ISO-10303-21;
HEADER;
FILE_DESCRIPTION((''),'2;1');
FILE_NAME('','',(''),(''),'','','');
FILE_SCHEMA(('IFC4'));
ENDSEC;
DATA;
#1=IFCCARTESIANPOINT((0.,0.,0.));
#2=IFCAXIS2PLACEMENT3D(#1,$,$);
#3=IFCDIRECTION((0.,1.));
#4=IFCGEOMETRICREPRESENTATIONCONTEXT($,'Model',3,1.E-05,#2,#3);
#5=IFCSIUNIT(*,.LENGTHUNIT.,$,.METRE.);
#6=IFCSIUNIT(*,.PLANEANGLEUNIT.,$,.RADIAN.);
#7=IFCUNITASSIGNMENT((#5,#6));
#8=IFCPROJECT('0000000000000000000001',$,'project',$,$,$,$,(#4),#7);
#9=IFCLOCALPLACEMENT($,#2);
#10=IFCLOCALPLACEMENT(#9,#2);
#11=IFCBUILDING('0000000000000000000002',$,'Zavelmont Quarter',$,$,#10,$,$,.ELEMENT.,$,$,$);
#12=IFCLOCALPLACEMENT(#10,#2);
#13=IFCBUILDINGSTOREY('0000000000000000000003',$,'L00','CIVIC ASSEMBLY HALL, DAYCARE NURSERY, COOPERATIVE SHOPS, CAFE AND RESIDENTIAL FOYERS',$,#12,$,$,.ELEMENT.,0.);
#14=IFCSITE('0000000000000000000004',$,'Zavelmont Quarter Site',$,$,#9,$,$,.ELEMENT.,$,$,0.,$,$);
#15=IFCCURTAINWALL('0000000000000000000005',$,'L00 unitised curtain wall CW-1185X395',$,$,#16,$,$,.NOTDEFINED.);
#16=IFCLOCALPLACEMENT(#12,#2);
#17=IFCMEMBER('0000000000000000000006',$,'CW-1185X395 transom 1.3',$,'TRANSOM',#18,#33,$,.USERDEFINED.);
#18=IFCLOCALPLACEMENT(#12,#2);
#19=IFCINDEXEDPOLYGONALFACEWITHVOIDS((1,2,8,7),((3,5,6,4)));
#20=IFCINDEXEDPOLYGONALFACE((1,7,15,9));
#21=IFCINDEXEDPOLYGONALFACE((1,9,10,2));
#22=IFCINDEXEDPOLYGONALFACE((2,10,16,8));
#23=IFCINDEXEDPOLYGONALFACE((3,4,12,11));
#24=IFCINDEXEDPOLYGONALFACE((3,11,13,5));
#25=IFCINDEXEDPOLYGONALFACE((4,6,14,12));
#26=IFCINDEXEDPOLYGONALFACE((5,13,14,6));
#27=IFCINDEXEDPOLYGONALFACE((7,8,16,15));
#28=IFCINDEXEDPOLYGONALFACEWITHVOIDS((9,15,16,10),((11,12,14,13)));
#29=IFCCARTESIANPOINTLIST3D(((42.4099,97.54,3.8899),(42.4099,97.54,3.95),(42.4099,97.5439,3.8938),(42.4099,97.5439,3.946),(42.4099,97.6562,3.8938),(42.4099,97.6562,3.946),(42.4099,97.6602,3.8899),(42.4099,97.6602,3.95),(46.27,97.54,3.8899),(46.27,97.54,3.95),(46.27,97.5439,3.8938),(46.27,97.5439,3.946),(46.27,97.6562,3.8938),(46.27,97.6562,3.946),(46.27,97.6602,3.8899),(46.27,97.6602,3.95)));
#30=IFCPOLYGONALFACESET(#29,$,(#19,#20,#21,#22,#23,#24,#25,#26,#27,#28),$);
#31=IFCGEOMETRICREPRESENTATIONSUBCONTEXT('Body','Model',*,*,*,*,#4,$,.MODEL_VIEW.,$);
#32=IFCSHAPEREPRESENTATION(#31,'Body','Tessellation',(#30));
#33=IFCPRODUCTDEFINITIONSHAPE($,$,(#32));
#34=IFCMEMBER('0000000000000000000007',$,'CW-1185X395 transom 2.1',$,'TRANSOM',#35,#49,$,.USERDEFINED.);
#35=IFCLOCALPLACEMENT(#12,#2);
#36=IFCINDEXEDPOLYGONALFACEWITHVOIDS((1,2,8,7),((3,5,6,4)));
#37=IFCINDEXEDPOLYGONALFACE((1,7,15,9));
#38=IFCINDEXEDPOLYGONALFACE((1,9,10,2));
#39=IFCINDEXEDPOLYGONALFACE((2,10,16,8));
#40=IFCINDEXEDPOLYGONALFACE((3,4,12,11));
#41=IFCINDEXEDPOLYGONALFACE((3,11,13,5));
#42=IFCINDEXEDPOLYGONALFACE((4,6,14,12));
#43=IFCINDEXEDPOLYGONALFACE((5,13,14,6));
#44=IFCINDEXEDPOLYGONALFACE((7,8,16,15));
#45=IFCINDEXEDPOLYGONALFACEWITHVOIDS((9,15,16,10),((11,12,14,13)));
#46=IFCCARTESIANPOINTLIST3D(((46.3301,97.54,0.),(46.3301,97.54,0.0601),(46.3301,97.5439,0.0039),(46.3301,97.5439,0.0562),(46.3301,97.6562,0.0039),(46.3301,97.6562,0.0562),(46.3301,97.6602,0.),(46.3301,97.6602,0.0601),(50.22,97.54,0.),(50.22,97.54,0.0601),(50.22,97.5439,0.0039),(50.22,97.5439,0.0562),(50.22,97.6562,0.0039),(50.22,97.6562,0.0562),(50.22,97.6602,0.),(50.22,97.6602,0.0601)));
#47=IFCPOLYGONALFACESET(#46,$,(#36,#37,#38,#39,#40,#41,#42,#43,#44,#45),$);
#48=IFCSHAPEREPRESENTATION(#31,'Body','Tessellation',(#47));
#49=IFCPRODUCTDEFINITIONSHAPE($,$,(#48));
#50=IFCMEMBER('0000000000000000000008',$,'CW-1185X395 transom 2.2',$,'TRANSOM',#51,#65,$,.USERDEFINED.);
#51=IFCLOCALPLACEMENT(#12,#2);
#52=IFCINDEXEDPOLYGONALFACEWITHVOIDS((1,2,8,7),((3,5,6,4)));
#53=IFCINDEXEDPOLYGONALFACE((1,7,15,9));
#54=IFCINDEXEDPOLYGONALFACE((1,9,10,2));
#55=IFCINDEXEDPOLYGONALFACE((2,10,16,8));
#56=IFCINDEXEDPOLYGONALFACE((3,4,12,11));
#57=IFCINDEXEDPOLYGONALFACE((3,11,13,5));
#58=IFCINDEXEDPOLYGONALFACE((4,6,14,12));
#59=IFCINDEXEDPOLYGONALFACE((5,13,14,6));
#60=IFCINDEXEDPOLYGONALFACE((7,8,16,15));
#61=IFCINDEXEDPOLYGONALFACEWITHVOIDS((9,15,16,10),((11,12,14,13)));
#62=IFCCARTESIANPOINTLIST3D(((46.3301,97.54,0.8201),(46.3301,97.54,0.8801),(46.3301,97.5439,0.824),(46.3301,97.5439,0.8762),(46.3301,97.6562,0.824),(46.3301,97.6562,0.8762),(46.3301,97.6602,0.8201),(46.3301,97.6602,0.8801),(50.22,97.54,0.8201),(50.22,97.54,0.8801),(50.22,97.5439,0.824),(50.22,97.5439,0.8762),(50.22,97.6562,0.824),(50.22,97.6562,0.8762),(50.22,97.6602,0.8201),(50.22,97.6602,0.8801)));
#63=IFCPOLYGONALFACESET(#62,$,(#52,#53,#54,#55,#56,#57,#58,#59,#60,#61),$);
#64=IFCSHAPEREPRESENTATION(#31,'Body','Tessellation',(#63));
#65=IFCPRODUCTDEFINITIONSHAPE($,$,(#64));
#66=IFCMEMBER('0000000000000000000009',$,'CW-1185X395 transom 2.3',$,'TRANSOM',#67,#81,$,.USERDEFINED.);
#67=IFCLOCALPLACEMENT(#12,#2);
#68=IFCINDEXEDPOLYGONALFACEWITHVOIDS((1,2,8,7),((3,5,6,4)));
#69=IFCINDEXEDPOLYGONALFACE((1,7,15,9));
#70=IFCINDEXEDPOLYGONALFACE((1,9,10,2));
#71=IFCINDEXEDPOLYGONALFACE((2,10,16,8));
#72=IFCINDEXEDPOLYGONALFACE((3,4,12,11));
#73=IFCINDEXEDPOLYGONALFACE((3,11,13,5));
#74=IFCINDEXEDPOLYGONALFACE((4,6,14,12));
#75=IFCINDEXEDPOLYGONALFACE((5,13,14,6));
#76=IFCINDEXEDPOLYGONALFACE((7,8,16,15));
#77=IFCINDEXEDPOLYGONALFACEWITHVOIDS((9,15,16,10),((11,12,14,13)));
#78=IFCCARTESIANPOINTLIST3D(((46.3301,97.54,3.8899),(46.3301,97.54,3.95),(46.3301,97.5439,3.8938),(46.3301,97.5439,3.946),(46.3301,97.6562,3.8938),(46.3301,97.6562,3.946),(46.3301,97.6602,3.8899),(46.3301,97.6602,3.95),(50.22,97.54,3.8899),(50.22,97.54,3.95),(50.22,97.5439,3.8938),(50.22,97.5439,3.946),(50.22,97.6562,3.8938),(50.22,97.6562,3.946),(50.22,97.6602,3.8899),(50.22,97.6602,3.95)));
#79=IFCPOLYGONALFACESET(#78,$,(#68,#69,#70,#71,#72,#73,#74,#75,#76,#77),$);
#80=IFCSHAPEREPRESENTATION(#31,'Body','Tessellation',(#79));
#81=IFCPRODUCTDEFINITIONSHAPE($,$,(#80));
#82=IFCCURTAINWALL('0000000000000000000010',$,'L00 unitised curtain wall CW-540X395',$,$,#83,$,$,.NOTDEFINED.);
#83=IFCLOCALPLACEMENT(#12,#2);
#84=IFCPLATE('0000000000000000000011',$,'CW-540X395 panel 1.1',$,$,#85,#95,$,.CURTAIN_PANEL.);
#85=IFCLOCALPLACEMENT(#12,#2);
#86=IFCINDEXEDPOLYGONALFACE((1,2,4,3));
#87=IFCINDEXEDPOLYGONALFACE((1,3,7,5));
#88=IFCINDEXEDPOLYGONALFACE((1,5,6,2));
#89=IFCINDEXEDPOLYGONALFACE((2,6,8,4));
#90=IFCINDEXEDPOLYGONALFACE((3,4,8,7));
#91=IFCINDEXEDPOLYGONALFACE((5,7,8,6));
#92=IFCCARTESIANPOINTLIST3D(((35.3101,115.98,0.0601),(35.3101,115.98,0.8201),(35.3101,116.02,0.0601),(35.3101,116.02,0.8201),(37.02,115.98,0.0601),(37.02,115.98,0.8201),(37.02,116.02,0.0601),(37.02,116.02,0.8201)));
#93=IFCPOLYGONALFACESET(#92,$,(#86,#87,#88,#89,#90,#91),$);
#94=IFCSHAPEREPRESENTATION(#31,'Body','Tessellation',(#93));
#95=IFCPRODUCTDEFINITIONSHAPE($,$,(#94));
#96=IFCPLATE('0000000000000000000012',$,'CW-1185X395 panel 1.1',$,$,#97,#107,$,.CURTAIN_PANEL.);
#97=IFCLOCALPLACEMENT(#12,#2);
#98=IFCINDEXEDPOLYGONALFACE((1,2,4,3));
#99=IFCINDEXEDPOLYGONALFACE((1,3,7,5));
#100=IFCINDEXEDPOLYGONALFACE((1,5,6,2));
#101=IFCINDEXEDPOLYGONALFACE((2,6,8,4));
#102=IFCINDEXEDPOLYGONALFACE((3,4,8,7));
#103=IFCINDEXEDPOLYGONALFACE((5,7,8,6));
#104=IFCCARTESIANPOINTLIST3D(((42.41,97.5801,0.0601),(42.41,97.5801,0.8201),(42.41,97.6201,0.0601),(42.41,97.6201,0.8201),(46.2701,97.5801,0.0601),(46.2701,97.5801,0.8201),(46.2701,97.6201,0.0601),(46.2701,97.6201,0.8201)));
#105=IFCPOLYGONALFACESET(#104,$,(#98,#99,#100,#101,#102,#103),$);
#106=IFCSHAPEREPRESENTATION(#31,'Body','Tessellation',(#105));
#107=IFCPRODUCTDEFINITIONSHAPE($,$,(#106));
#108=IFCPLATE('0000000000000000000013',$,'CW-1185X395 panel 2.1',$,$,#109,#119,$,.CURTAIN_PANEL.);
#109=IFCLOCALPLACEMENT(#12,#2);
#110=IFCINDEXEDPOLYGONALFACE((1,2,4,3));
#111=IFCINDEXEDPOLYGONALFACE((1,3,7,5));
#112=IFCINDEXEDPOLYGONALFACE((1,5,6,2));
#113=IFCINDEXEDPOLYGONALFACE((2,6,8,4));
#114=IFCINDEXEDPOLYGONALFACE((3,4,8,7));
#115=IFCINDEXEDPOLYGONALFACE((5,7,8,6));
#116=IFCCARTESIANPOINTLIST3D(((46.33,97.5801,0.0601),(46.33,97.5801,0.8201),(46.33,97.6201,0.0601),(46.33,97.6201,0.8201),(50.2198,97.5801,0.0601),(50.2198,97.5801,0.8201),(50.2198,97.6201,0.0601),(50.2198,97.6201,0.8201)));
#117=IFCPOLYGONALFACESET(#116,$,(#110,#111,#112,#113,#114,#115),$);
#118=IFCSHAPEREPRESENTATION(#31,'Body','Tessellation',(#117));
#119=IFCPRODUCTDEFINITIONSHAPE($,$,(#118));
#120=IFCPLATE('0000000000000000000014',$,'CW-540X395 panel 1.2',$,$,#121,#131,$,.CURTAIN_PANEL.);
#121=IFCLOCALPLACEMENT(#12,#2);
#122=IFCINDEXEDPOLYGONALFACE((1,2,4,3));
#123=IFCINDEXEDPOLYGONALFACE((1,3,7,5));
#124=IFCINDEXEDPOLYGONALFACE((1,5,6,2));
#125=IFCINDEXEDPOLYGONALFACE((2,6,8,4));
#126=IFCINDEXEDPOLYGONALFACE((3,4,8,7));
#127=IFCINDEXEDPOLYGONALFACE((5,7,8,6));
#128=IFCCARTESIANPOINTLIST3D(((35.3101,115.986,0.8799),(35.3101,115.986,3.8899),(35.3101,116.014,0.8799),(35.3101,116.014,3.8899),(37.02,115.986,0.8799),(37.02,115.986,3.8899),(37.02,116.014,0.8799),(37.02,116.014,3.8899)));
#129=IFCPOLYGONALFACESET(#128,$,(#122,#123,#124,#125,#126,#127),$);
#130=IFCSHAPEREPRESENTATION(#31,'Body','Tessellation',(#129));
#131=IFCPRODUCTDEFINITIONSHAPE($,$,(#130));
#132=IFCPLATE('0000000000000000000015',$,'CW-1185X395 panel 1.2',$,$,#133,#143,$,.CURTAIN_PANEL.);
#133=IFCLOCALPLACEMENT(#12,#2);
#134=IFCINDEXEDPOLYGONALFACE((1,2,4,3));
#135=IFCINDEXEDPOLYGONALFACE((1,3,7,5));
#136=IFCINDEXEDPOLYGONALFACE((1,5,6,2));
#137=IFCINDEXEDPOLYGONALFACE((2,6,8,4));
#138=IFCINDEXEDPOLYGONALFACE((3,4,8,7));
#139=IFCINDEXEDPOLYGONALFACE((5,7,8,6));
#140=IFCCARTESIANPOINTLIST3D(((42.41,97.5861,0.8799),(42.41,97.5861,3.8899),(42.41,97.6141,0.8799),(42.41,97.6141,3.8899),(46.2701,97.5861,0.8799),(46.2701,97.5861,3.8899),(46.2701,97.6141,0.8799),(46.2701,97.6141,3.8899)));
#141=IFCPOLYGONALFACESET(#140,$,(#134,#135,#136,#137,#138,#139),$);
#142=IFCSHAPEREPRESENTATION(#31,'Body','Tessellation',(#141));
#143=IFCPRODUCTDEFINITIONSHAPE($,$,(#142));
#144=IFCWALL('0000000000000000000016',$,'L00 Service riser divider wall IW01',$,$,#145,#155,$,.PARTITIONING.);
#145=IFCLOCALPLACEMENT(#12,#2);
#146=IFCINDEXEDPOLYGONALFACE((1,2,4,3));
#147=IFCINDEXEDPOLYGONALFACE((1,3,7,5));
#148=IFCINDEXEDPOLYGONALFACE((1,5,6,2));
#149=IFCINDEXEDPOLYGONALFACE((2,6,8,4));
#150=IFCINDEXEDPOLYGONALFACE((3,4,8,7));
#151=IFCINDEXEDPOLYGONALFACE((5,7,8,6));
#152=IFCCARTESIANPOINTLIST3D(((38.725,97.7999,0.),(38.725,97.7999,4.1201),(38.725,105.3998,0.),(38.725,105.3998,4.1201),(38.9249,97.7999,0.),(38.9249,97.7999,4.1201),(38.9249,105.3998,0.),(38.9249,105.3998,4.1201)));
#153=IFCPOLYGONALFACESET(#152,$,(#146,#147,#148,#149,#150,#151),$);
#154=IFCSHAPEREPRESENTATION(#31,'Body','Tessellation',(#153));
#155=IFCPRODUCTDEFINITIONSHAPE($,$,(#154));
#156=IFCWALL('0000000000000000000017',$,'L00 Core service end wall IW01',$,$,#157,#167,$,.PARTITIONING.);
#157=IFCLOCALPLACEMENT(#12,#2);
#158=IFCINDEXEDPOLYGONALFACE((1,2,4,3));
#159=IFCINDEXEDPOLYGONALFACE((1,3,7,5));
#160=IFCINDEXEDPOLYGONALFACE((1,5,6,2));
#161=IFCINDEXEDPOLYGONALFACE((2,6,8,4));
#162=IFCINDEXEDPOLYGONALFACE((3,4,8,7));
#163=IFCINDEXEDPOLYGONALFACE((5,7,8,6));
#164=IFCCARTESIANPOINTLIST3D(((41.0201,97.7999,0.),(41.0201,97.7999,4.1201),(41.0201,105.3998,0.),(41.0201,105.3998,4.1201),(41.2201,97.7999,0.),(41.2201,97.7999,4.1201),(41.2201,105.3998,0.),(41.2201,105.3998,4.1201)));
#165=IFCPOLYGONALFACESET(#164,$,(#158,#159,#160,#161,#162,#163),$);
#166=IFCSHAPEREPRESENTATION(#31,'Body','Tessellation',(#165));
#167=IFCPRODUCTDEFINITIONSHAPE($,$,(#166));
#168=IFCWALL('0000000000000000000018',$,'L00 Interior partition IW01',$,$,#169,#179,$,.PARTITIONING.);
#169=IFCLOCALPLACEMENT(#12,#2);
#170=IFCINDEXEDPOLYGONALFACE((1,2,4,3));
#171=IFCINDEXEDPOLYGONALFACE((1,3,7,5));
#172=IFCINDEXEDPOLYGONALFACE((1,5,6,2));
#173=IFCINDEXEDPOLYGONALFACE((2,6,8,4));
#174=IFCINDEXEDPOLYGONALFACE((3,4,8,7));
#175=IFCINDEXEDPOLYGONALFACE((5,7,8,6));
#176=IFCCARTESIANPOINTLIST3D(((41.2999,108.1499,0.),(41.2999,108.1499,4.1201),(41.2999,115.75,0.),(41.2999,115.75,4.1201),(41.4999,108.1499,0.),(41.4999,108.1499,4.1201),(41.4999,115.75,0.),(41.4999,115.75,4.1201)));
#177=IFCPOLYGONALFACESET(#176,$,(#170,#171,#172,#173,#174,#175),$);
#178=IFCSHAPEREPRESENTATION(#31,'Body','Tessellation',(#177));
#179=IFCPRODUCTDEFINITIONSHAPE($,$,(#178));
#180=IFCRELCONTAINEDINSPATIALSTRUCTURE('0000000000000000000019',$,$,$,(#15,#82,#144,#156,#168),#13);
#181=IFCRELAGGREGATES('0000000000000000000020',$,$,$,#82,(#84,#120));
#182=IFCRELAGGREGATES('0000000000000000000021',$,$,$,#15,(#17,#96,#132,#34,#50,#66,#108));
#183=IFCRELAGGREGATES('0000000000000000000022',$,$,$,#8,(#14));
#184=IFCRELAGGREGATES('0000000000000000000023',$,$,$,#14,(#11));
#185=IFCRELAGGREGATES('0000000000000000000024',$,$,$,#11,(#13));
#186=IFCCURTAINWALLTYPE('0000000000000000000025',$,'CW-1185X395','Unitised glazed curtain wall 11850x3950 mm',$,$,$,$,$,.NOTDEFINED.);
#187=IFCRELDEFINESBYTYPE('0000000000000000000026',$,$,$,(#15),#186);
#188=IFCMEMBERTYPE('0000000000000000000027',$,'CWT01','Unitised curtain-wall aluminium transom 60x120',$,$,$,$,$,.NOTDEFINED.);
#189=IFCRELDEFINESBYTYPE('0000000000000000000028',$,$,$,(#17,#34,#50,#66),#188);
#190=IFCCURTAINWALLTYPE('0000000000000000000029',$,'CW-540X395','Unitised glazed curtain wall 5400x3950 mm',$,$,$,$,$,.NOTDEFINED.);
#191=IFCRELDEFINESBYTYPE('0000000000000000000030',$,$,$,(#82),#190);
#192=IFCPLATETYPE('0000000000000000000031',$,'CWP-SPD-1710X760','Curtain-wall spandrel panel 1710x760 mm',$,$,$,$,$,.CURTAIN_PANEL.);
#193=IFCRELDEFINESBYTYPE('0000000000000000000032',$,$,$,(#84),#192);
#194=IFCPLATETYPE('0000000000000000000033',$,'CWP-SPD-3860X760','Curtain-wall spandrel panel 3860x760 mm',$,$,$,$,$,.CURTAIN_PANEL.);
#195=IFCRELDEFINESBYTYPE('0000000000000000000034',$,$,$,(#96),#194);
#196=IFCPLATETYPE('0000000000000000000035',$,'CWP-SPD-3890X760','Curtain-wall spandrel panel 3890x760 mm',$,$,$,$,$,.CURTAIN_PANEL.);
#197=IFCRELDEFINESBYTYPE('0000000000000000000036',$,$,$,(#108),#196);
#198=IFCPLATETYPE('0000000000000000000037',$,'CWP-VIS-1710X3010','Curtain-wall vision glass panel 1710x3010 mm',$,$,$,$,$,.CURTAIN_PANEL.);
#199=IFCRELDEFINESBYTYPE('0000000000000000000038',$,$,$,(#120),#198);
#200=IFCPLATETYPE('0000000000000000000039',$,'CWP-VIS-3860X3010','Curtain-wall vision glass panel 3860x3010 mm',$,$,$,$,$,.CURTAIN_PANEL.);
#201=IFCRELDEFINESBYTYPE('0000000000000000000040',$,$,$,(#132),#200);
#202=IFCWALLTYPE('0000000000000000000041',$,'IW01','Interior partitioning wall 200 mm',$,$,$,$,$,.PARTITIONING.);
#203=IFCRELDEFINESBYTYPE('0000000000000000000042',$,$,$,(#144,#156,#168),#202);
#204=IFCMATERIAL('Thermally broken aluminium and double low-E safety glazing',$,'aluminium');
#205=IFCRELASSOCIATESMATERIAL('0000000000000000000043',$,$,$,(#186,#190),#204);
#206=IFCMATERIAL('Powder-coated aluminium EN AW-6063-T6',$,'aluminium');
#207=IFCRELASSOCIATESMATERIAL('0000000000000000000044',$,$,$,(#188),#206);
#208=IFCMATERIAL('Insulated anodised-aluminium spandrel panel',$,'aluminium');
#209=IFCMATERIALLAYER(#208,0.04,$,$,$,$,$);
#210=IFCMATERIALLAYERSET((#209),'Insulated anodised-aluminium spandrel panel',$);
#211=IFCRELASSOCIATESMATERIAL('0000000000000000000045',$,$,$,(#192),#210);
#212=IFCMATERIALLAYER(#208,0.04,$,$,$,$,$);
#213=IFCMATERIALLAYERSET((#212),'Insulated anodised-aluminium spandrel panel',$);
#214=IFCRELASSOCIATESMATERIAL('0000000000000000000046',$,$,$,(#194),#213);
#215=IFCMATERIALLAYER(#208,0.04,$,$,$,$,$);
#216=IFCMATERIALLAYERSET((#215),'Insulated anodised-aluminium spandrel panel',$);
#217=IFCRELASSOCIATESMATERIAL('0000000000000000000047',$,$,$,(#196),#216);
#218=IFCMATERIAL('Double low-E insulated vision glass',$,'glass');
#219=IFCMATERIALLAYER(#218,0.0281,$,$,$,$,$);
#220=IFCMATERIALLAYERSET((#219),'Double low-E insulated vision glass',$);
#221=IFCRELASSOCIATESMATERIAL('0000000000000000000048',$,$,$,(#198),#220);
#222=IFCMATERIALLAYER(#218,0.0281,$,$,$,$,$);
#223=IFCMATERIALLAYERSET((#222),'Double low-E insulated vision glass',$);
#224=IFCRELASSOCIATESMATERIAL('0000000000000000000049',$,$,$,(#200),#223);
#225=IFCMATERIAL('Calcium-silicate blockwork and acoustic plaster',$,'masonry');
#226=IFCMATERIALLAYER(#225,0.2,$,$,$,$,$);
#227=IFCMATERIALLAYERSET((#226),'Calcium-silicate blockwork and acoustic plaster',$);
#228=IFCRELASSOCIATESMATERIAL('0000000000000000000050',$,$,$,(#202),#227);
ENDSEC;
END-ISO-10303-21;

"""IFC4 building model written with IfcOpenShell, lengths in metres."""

from ifc_helpers import new_model, si_unit, direction, frame, frame_2d, origin, origin_2d, place, context, subcontext, project, spatial, rectangle, hollow_rectangle, extrude, material, layer, layer_set, material_profile, profile_set, type_object, element, aggregate, save


model = new_model("IFC4")

# Units and contexts
model_context = context("Model", 3, precision=1e-05, world=origin(), true_north=direction((0.0, 1.0)))
body_context = subcontext(model_context, "Body", "Model", "MODEL_VIEW")
ifc_project = project(units=[si_unit("LENGTHUNIT", "METRE"), si_unit("PLANEANGLEUNIT", "RADIAN")], contexts=[model_context])

# Site, building, storey
site_placement = place(None, origin())
site = spatial("IfcSite", under=ifc_project, at=site_placement, Name="Zavelmont Quarter Site", CompositionType="ELEMENT", RefElevation=0.0)
building_placement = place(site_placement, origin())
building = spatial("IfcBuilding", under=site, at=building_placement, Name="Zavelmont Quarter", CompositionType="ELEMENT")
storey_placement = place(building_placement, origin())
storey = spatial("IfcBuildingStorey", under=building, at=storey_placement, Name="L00", Description="CIVIC ASSEMBLY HALL, DAYCARE NURSERY, COOPERATIVE SHOPS, CAFE AND RESIDENTIAL FOYERS", CompositionType="ELEMENT", Elevation=0.0)

# Curtain wall, members
ifc_material_1 = material(Name="Thermally broken aluminium and double low-E safety glazing", Category="aluminium")
curtain_wall_type_1 = type_object("IfcCurtainWallType", Name="CW-1185X395", Description="Unitised glazed curtain wall 11850x3950 mm", PredefinedType="NOTDEFINED", material=ifc_material_1)
curtain_wall_1_placement = place(storey_placement, origin())
curtain_wall_1 = element("IfcCurtainWall", 1, at=curtain_wall_1_placement, inside=storey, type_object=curtain_wall_type_1, Name="L00 unitised curtain wall CW-1185X395", PredefinedType="NOTDEFINED")
ifc_material_2 = material(Name="Powder-coated aluminium EN AW-6063-T6", Category="aluminium")
ifc_material_profile_1 = material_profile(ifc_material_2, hollow_rectangle(XDim=0.1201, YDim=0.0601, WallThickness=0.0039, at=origin_2d()), Name="CWT60X120")
ifc_profile_set_1 = profile_set([ifc_material_profile_1], Name="Powder-coated aluminium EN AW-6063-T6")
member_type_1 = type_object("IfcMemberType", Name="CWT01", Description="Unitised curtain-wall aluminium transom 60x120", PredefinedType="NOTDEFINED", material=ifc_profile_set_1)
member_1_placement = place(storey_placement, frame((42.4099, 97.6001, 3.9199), z_axis=(1.0, 0.0, 0.0), x_axis=(0.0, 1.0, 0.0)))
member_1 = element("IfcMember", 2, at=member_1_placement, type_object=member_type_1, Name="CW-1185X395 transom 1.3", ObjectType="TRANSOM", PredefinedType="USERDEFINED", context=body_context, shape_type="SweptSolid", body=[
    extrude(hollow_rectangle(XDim=0.1201, YDim=0.0601, WallThickness=0.0039, at=origin_2d()), origin(), (0.0, 0.0, 1.0), 3.8601),
])
member_2_placement = place(storey_placement, frame((46.3301, 97.6001, 0.03), z_axis=(1.0, 0.0, 0.0), x_axis=(0.0, 1.0, 0.0)))
member_2 = element("IfcMember", 3, at=member_2_placement, type_object=member_type_1, Name="CW-1185X395 transom 2.1", ObjectType="TRANSOM", PredefinedType="USERDEFINED", context=body_context, shape_type="SweptSolid", body=[
    extrude(hollow_rectangle(XDim=0.1201, YDim=0.0601, WallThickness=0.0039, at=origin_2d()), origin(), (0.0, 0.0, 1.0), 3.8899),
])
member_3_placement = place(storey_placement, frame((46.3301, 97.6001, 0.8501), z_axis=(1.0, 0.0, 0.0), x_axis=(0.0, 1.0, 0.0)))
member_3 = element("IfcMember", 4, at=member_3_placement, type_object=member_type_1, Name="CW-1185X395 transom 2.2", ObjectType="TRANSOM", PredefinedType="USERDEFINED", context=body_context, shape_type="SweptSolid", body=[
    extrude(hollow_rectangle(XDim=0.1201, YDim=0.0601, WallThickness=0.0039, at=origin_2d()), origin(), (0.0, 0.0, 1.0), 3.8899),
])
member_4_placement = place(storey_placement, frame((46.3301, 97.6001, 3.9199), z_axis=(1.0, 0.0, 0.0), x_axis=(0.0, 1.0, 0.0)))
member_4 = element("IfcMember", 5, at=member_4_placement, type_object=member_type_1, Name="CW-1185X395 transom 2.3", ObjectType="TRANSOM", PredefinedType="USERDEFINED", context=body_context, shape_type="SweptSolid", body=[
    extrude(hollow_rectangle(XDim=0.1201, YDim=0.0601, WallThickness=0.0039, at=origin_2d()), origin(), (0.0, 0.0, 1.0), 3.8899),
])

# Curtain wall, plate
curtain_wall_type_2 = type_object("IfcCurtainWallType", Name="CW-540X395", Description="Unitised glazed curtain wall 5400x3950 mm", PredefinedType="NOTDEFINED", material=ifc_material_1)
curtain_wall_2_placement = place(storey_placement, origin())
curtain_wall_2 = element("IfcCurtainWall", 6, at=curtain_wall_2_placement, inside=storey, type_object=curtain_wall_type_2, Name="L00 unitised curtain wall CW-540X395", PredefinedType="NOTDEFINED")
ifc_material_3 = material(Name="Insulated anodised-aluminium spandrel panel", Category="aluminium")
ifc_layer_1 = layer(ifc_material_3, 0.04)
ifc_layer_set_1 = layer_set([ifc_layer_1], Name="Insulated anodised-aluminium spandrel panel")
plate_type_1 = type_object("IfcPlateType", Name="CWP-SPD-1710X760", Description="Curtain-wall spandrel panel 1710x760 mm", PredefinedType="CURTAIN_PANEL", material=ifc_layer_set_1)
plate_1_placement = place(storey_placement, frame((36.165, 116.0, 0.0601), z_axis=(0.0, 0.0, 1.0), x_axis=(1.0, 0.0, 0.0)))
plate_1 = element("IfcPlate", 7, at=plate_1_placement, type_object=plate_type_1, Name="CW-540X395 panel 1.1", PredefinedType="CURTAIN_PANEL", context=body_context, shape_type="SweptSolid", body=[
    extrude(rectangle(XDim=1.71, YDim=0.04, at=origin_2d()), origin(), (0.0, 0.0, 1.0), 0.76),
])

# Plates
ifc_layer_2 = layer(ifc_material_3, 0.04)
ifc_layer_set_2 = layer_set([ifc_layer_2], Name="Insulated anodised-aluminium spandrel panel")
plate_type_2 = type_object("IfcPlateType", Name="CWP-SPD-3860X760", Description="Curtain-wall spandrel panel 3860x760 mm", PredefinedType="CURTAIN_PANEL", material=ifc_layer_set_2)
plate_2_placement = place(storey_placement, frame((44.3401, 97.6001, 0.0601), z_axis=(0.0, 0.0, 1.0), x_axis=(1.0, 0.0, 0.0)))
plate_2 = element("IfcPlate", 8, at=plate_2_placement, type_object=plate_type_2, Name="CW-1185X395 panel 1.1", PredefinedType="CURTAIN_PANEL", context=body_context, shape_type="SweptSolid", body=[
    extrude(rectangle(XDim=3.8601, YDim=0.04, at=origin_2d()), origin(), (0.0, 0.0, 1.0), 0.76),
])
ifc_layer_3 = layer(ifc_material_3, 0.04)
ifc_layer_set_3 = layer_set([ifc_layer_3], Name="Insulated anodised-aluminium spandrel panel")
plate_type_3 = type_object("IfcPlateType", Name="CWP-SPD-3890X760", Description="Curtain-wall spandrel panel 3890x760 mm", PredefinedType="CURTAIN_PANEL", material=ifc_layer_set_3)
plate_3_placement = place(storey_placement, frame((48.2749, 97.6001, 0.0601), z_axis=(0.0, 0.0, 1.0), x_axis=(1.0, 0.0, 0.0)))
plate_3 = element("IfcPlate", 9, at=plate_3_placement, type_object=plate_type_3, Name="CW-1185X395 panel 2.1", PredefinedType="CURTAIN_PANEL", context=body_context, shape_type="SweptSolid", body=[
    extrude(rectangle(XDim=3.8899, YDim=0.04, at=origin_2d()), origin(), (0.0, 0.0, 1.0), 0.76),
])
ifc_material_4 = material(Name="Double low-E insulated vision glass", Category="glass")
ifc_layer_4 = layer(ifc_material_4, 0.0281)
ifc_layer_set_4 = layer_set([ifc_layer_4], Name="Double low-E insulated vision glass")
plate_type_4 = type_object("IfcPlateType", Name="CWP-VIS-1710X3010", Description="Curtain-wall vision glass panel 1710x3010 mm", PredefinedType="CURTAIN_PANEL", material=ifc_layer_set_4)
plate_4_placement = place(storey_placement, frame((36.165, 116.0, 0.8799), z_axis=(0.0, 0.0, 1.0), x_axis=(1.0, 0.0, 0.0)))
plate_4 = element("IfcPlate", 10, at=plate_4_placement, type_object=plate_type_4, Name="CW-540X395 panel 1.2", PredefinedType="CURTAIN_PANEL", context=body_context, shape_type="SweptSolid", body=[
    extrude(rectangle(XDim=1.71, YDim=0.0281, at=origin_2d()), origin(), (0.0, 0.0, 1.0), 3.01),
])
aggregate(curtain_wall_2, [plate_1, plate_4])
ifc_layer_5 = layer(ifc_material_4, 0.0281)
ifc_layer_set_5 = layer_set([ifc_layer_5], Name="Double low-E insulated vision glass")
plate_type_5 = type_object("IfcPlateType", Name="CWP-VIS-3860X3010", Description="Curtain-wall vision glass panel 3860x3010 mm", PredefinedType="CURTAIN_PANEL", material=ifc_layer_set_5)
plate_5_placement = place(storey_placement, frame((44.3401, 97.6001, 0.8799), z_axis=(0.0, 0.0, 1.0), x_axis=(1.0, 0.0, 0.0)))
plate_5 = element("IfcPlate", 11, at=plate_5_placement, type_object=plate_type_5, Name="CW-1185X395 panel 1.2", PredefinedType="CURTAIN_PANEL", context=body_context, shape_type="SweptSolid", body=[
    extrude(rectangle(XDim=3.8601, YDim=0.0281, at=origin_2d()), origin(), (0.0, 0.0, 1.0), 3.01),
])
aggregate(curtain_wall_1, [member_1, plate_2, plate_5, member_2, member_3, member_4, plate_3])

# Walls
ifc_material_5 = material(Name="Calcium-silicate blockwork and acoustic plaster", Category="masonry")
ifc_layer_6 = layer(ifc_material_5, 0.2)
ifc_layer_set_6 = layer_set([ifc_layer_6], Name="Calcium-silicate blockwork and acoustic plaster")
wall_type_1 = type_object("IfcWallType", Name="IW01", Description="Interior partitioning wall 200 mm", PredefinedType="PARTITIONING", material=ifc_layer_set_6)
for number, where, z_axis, x_axis, name in (
    (12, (38.825, 97.8, 0.0), (0.0, 0.0, 1.0), (0.0, 1.0, 0.0), "L00 Service riser divider wall IW01"),
    (13, (41.1201, 97.8, 0.0), (0.0, 0.0, 1.0), (0.0, 1.0, 0.0), "L00 Core service end wall IW01"),
):
    element("IfcWall", number, at=place(storey_placement, frame(where, z_axis=z_axis, x_axis=x_axis)), inside=storey, type_object=wall_type_1, Name=name, PredefinedType="PARTITIONING", context=body_context, shape_type="SweptSolid", body=[
        extrude(rectangle(XDim=7.5999, YDim=0.2, at=frame_2d((3.7998, 0.0))), origin(), (0.0, 0.0, 1.0), 4.1201),
    ])
wall_1_placement = place(storey_placement, frame((41.3999, 108.1499, 0.0), z_axis=(0.0, 0.0, 1.0), x_axis=(0.0, 1.0, 0.0)))
element("IfcWall", 14, at=wall_1_placement, inside=storey, type_object=wall_type_1, Name="L00 Interior partition IW01", PredefinedType="PARTITIONING", context=body_context, shape_type="SweptSolid", body=[
    extrude(rectangle(XDim=7.6001, YDim=0.2, at=frame_2d((3.8, 0.0))), origin(), (0.0, 0.0, 1.0), 4.1201),
])

save(model, "model.ifc")
